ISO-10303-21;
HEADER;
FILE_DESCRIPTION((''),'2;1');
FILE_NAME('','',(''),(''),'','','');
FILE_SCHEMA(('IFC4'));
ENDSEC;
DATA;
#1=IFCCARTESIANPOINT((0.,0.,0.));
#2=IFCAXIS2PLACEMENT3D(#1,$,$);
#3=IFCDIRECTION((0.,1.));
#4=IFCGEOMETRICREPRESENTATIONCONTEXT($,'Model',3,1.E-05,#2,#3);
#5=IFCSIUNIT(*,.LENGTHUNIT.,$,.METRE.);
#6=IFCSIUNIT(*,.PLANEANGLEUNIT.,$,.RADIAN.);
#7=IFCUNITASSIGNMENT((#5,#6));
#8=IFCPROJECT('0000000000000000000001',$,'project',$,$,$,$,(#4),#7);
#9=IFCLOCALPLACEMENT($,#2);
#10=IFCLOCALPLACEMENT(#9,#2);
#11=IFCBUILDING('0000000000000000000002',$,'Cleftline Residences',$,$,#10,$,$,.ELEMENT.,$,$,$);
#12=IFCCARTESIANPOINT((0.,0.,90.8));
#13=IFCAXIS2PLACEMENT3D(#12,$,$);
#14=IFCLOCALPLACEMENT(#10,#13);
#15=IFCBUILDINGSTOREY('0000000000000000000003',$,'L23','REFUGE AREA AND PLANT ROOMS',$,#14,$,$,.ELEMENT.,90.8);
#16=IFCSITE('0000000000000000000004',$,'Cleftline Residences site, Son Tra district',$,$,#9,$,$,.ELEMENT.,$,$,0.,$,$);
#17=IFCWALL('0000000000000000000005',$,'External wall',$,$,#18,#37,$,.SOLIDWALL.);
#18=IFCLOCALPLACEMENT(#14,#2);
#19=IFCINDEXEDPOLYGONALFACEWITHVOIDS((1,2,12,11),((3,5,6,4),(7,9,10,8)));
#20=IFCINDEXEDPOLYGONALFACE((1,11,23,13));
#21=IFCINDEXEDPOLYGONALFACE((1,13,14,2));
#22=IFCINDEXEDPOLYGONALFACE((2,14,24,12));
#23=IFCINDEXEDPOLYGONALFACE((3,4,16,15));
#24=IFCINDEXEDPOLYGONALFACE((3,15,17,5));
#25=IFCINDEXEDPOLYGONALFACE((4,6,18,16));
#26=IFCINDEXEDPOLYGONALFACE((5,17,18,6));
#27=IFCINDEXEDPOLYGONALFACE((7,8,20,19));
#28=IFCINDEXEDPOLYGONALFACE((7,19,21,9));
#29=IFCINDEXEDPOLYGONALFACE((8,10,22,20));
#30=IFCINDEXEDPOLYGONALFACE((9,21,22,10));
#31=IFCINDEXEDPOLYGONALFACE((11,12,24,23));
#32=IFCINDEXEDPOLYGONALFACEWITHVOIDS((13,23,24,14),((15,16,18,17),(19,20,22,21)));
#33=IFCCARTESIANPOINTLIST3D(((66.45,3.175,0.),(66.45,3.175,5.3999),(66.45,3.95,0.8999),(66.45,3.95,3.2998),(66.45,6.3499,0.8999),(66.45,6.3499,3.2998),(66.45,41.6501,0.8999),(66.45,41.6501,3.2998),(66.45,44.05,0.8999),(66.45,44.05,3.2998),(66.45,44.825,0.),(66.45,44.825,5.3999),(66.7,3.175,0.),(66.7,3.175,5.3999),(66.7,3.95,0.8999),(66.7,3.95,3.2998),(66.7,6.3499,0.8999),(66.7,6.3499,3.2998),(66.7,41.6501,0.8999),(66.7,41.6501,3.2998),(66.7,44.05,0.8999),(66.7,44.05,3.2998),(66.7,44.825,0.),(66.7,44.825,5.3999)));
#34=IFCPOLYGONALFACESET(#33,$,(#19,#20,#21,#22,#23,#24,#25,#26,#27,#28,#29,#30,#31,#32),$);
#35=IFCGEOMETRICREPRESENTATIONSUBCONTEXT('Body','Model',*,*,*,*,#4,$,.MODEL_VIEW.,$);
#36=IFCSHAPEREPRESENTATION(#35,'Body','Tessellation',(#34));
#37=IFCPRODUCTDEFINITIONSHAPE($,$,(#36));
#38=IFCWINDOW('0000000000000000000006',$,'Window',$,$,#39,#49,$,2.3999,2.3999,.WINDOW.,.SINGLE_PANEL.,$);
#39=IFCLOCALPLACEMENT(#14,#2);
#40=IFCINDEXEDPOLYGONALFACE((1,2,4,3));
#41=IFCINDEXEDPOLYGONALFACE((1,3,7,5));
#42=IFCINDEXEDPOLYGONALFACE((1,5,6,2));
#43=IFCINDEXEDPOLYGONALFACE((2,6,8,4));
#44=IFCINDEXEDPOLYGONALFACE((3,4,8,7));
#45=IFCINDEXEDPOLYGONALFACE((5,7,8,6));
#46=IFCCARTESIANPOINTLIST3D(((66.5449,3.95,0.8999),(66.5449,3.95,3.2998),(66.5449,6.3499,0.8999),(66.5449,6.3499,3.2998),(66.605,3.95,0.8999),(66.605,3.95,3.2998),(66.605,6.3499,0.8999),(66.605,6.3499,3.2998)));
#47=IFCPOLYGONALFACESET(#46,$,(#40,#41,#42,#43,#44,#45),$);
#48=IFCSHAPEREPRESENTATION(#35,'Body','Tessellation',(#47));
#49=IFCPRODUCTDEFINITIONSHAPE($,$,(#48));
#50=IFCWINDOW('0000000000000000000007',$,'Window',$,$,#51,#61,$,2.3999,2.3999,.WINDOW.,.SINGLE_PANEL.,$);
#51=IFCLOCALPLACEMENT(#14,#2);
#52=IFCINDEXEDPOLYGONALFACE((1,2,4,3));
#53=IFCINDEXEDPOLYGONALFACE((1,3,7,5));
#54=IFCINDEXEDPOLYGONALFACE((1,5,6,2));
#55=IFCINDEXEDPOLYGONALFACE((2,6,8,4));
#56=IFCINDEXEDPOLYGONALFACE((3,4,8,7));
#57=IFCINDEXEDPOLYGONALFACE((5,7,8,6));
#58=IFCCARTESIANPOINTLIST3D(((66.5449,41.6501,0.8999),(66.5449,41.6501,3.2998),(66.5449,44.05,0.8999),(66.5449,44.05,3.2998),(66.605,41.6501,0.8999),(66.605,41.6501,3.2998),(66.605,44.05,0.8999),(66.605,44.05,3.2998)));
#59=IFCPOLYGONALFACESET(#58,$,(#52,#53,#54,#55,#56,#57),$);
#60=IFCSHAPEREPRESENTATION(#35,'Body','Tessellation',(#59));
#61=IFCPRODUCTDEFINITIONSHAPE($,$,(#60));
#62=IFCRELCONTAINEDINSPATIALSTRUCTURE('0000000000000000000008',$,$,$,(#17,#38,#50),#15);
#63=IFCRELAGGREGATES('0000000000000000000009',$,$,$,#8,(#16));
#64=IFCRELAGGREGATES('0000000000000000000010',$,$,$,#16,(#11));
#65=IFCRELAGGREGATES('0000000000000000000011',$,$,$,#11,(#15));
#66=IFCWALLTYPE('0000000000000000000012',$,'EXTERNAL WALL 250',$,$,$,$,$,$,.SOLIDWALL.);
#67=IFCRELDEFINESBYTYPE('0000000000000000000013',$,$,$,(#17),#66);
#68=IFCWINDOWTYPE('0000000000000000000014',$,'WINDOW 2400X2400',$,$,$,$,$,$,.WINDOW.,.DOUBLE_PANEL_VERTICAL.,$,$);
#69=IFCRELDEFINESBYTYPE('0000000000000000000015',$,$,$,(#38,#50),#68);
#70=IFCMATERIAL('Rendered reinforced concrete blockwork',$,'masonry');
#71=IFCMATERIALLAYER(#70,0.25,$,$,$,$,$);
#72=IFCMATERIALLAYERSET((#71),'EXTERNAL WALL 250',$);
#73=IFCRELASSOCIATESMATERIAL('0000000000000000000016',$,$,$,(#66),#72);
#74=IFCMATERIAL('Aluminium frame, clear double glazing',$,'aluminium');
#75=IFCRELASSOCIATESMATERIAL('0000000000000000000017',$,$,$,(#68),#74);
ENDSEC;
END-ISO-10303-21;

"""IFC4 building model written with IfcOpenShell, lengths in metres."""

from ifc_helpers import new_model, si_unit, direction, frame, frame_2d, origin, place, context, subcontext, project, spatial, rectangle, extrude, material, layer, layer_set, type_object, element, fill, save


model = new_model("IFC4")

# Units and contexts
model_context = context("Model", 3, precision=1e-05, world=origin(), true_north=direction((0.0, 1.0)))
body_context = subcontext(model_context, "Body", "Model", "MODEL_VIEW")
ifc_project = project(units=[si_unit("LENGTHUNIT", "METRE"), si_unit("PLANEANGLEUNIT", "RADIAN")], contexts=[model_context])

# Site, building, storey
site_placement = place(None, origin())
site = spatial("IfcSite", under=ifc_project, at=site_placement, Name="Cleftline Residences site, Son Tra district", CompositionType="ELEMENT", RefElevation=0.0)
building_placement = place(site_placement, origin())
building = spatial("IfcBuilding", under=site, at=building_placement, Name="Cleftline Residences", CompositionType="ELEMENT")
storey_placement = place(building_placement, frame((0.0, 0.0, 90.8)))
storey = spatial("IfcBuildingStorey", under=building, at=storey_placement, Name="L23", Description="REFUGE AREA AND PLANT ROOMS", CompositionType="ELEMENT", Elevation=90.8)

# Wall, openings, windows
ifc_material_1 = material(Name="Rendered reinforced concrete blockwork", Category="masonry")
ifc_layer_1 = layer(ifc_material_1, 0.25)
ifc_layer_set_1 = layer_set([ifc_layer_1], Name="EXTERNAL WALL 250")
wall_type = type_object("IfcWallType", Name="EXTERNAL WALL 250", PredefinedType="SOLIDWALL", material=ifc_layer_set_1)
wall_placement = place(storey_placement, frame((66.575, 3.175, 0.0), z_axis=(0.0, 0.0, 1.0), x_axis=(0.0, 1.0, 0.0)))
wall = element("IfcWall", 1, at=wall_placement, inside=storey, type_object=wall_type, Name="External wall", PredefinedType="SOLIDWALL", context=body_context, shape_type="SweptSolid", body=[
    extrude(rectangle(XDim=41.6499, YDim=0.25, at=frame_2d((20.825, 0.0))), origin(), (0.0, 0.0, 1.0), 5.3999),
])
opening_1_placement = place(wall_placement, frame((0.7749, 0.0, 0.8999)))
opening_1 = element("IfcOpeningElement", 2, at=opening_1_placement, cuts=wall, PredefinedType="OPENING", context=body_context, shape_type="SweptSolid", body=[
    extrude(rectangle(XDim=2.3999, YDim=2.3999, at=frame_2d((1.2, 1.2))), frame((0.0, 0.135, 0.0), z_axis=(0.0, -1.0, 0.0), x_axis=(1.0, 0.0, 0.0)), (0.0, 0.0, 1.0), 0.27),
])
opening_2_placement = place(wall_placement, frame((38.4751, 0.0, 0.8999)))
opening_2 = element("IfcOpeningElement", 3, at=opening_2_placement, cuts=wall, PredefinedType="OPENING", context=body_context, shape_type="SweptSolid", body=[
    extrude(rectangle(XDim=2.3999, YDim=2.3999, at=frame_2d((1.2, 1.2))), frame((0.0, 0.135, 0.0), z_axis=(0.0, -1.0, 0.0), x_axis=(1.0, 0.0, 0.0)), (0.0, 0.0, 1.0), 0.27),
])
ifc_material_2 = material(Name="Aluminium frame, clear double glazing", Category="aluminium")
window_type = type_object("IfcWindowType", Name="WINDOW 2400X2400", PartitioningType="DOUBLE_PANEL_VERTICAL", PredefinedType="WINDOW", material=ifc_material_2)
window_1_placement = place(opening_1_placement, origin())
window_1 = element("IfcWindow", 4, at=window_1_placement, inside=storey, type_object=window_type, Name="Window", OverallHeight=2.3999, OverallWidth=2.3999, PartitioningType="SINGLE_PANEL", PredefinedType="WINDOW", context=body_context, shape_type="SweptSolid", body=[
    extrude(rectangle(XDim=2.3999, YDim=2.3999, at=frame_2d((1.2, 1.2))), frame((0.0, 0.03, 0.0), z_axis=(0.0, -1.0, 0.0), x_axis=(1.0, 0.0, 0.0)), (0.0, 0.0, 1.0), 0.0601),
])
fill(opening_1, window_1)
window_2_placement = place(opening_2_placement, origin())
window_2 = element("IfcWindow", 5, at=window_2_placement, inside=storey, type_object=window_type, Name="Window", OverallHeight=2.3999, OverallWidth=2.3999, PartitioningType="SINGLE_PANEL", PredefinedType="WINDOW", context=body_context, shape_type="SweptSolid", body=[
    extrude(rectangle(XDim=2.3999, YDim=2.3999, at=frame_2d((1.2, 1.2))), frame((0.0, 0.03, 0.0), z_axis=(0.0, -1.0, 0.0), x_axis=(1.0, 0.0, 0.0)), (0.0, 0.0, 1.0), 0.0601),
])
fill(opening_2, window_2)

save(model, "model.ifc")
